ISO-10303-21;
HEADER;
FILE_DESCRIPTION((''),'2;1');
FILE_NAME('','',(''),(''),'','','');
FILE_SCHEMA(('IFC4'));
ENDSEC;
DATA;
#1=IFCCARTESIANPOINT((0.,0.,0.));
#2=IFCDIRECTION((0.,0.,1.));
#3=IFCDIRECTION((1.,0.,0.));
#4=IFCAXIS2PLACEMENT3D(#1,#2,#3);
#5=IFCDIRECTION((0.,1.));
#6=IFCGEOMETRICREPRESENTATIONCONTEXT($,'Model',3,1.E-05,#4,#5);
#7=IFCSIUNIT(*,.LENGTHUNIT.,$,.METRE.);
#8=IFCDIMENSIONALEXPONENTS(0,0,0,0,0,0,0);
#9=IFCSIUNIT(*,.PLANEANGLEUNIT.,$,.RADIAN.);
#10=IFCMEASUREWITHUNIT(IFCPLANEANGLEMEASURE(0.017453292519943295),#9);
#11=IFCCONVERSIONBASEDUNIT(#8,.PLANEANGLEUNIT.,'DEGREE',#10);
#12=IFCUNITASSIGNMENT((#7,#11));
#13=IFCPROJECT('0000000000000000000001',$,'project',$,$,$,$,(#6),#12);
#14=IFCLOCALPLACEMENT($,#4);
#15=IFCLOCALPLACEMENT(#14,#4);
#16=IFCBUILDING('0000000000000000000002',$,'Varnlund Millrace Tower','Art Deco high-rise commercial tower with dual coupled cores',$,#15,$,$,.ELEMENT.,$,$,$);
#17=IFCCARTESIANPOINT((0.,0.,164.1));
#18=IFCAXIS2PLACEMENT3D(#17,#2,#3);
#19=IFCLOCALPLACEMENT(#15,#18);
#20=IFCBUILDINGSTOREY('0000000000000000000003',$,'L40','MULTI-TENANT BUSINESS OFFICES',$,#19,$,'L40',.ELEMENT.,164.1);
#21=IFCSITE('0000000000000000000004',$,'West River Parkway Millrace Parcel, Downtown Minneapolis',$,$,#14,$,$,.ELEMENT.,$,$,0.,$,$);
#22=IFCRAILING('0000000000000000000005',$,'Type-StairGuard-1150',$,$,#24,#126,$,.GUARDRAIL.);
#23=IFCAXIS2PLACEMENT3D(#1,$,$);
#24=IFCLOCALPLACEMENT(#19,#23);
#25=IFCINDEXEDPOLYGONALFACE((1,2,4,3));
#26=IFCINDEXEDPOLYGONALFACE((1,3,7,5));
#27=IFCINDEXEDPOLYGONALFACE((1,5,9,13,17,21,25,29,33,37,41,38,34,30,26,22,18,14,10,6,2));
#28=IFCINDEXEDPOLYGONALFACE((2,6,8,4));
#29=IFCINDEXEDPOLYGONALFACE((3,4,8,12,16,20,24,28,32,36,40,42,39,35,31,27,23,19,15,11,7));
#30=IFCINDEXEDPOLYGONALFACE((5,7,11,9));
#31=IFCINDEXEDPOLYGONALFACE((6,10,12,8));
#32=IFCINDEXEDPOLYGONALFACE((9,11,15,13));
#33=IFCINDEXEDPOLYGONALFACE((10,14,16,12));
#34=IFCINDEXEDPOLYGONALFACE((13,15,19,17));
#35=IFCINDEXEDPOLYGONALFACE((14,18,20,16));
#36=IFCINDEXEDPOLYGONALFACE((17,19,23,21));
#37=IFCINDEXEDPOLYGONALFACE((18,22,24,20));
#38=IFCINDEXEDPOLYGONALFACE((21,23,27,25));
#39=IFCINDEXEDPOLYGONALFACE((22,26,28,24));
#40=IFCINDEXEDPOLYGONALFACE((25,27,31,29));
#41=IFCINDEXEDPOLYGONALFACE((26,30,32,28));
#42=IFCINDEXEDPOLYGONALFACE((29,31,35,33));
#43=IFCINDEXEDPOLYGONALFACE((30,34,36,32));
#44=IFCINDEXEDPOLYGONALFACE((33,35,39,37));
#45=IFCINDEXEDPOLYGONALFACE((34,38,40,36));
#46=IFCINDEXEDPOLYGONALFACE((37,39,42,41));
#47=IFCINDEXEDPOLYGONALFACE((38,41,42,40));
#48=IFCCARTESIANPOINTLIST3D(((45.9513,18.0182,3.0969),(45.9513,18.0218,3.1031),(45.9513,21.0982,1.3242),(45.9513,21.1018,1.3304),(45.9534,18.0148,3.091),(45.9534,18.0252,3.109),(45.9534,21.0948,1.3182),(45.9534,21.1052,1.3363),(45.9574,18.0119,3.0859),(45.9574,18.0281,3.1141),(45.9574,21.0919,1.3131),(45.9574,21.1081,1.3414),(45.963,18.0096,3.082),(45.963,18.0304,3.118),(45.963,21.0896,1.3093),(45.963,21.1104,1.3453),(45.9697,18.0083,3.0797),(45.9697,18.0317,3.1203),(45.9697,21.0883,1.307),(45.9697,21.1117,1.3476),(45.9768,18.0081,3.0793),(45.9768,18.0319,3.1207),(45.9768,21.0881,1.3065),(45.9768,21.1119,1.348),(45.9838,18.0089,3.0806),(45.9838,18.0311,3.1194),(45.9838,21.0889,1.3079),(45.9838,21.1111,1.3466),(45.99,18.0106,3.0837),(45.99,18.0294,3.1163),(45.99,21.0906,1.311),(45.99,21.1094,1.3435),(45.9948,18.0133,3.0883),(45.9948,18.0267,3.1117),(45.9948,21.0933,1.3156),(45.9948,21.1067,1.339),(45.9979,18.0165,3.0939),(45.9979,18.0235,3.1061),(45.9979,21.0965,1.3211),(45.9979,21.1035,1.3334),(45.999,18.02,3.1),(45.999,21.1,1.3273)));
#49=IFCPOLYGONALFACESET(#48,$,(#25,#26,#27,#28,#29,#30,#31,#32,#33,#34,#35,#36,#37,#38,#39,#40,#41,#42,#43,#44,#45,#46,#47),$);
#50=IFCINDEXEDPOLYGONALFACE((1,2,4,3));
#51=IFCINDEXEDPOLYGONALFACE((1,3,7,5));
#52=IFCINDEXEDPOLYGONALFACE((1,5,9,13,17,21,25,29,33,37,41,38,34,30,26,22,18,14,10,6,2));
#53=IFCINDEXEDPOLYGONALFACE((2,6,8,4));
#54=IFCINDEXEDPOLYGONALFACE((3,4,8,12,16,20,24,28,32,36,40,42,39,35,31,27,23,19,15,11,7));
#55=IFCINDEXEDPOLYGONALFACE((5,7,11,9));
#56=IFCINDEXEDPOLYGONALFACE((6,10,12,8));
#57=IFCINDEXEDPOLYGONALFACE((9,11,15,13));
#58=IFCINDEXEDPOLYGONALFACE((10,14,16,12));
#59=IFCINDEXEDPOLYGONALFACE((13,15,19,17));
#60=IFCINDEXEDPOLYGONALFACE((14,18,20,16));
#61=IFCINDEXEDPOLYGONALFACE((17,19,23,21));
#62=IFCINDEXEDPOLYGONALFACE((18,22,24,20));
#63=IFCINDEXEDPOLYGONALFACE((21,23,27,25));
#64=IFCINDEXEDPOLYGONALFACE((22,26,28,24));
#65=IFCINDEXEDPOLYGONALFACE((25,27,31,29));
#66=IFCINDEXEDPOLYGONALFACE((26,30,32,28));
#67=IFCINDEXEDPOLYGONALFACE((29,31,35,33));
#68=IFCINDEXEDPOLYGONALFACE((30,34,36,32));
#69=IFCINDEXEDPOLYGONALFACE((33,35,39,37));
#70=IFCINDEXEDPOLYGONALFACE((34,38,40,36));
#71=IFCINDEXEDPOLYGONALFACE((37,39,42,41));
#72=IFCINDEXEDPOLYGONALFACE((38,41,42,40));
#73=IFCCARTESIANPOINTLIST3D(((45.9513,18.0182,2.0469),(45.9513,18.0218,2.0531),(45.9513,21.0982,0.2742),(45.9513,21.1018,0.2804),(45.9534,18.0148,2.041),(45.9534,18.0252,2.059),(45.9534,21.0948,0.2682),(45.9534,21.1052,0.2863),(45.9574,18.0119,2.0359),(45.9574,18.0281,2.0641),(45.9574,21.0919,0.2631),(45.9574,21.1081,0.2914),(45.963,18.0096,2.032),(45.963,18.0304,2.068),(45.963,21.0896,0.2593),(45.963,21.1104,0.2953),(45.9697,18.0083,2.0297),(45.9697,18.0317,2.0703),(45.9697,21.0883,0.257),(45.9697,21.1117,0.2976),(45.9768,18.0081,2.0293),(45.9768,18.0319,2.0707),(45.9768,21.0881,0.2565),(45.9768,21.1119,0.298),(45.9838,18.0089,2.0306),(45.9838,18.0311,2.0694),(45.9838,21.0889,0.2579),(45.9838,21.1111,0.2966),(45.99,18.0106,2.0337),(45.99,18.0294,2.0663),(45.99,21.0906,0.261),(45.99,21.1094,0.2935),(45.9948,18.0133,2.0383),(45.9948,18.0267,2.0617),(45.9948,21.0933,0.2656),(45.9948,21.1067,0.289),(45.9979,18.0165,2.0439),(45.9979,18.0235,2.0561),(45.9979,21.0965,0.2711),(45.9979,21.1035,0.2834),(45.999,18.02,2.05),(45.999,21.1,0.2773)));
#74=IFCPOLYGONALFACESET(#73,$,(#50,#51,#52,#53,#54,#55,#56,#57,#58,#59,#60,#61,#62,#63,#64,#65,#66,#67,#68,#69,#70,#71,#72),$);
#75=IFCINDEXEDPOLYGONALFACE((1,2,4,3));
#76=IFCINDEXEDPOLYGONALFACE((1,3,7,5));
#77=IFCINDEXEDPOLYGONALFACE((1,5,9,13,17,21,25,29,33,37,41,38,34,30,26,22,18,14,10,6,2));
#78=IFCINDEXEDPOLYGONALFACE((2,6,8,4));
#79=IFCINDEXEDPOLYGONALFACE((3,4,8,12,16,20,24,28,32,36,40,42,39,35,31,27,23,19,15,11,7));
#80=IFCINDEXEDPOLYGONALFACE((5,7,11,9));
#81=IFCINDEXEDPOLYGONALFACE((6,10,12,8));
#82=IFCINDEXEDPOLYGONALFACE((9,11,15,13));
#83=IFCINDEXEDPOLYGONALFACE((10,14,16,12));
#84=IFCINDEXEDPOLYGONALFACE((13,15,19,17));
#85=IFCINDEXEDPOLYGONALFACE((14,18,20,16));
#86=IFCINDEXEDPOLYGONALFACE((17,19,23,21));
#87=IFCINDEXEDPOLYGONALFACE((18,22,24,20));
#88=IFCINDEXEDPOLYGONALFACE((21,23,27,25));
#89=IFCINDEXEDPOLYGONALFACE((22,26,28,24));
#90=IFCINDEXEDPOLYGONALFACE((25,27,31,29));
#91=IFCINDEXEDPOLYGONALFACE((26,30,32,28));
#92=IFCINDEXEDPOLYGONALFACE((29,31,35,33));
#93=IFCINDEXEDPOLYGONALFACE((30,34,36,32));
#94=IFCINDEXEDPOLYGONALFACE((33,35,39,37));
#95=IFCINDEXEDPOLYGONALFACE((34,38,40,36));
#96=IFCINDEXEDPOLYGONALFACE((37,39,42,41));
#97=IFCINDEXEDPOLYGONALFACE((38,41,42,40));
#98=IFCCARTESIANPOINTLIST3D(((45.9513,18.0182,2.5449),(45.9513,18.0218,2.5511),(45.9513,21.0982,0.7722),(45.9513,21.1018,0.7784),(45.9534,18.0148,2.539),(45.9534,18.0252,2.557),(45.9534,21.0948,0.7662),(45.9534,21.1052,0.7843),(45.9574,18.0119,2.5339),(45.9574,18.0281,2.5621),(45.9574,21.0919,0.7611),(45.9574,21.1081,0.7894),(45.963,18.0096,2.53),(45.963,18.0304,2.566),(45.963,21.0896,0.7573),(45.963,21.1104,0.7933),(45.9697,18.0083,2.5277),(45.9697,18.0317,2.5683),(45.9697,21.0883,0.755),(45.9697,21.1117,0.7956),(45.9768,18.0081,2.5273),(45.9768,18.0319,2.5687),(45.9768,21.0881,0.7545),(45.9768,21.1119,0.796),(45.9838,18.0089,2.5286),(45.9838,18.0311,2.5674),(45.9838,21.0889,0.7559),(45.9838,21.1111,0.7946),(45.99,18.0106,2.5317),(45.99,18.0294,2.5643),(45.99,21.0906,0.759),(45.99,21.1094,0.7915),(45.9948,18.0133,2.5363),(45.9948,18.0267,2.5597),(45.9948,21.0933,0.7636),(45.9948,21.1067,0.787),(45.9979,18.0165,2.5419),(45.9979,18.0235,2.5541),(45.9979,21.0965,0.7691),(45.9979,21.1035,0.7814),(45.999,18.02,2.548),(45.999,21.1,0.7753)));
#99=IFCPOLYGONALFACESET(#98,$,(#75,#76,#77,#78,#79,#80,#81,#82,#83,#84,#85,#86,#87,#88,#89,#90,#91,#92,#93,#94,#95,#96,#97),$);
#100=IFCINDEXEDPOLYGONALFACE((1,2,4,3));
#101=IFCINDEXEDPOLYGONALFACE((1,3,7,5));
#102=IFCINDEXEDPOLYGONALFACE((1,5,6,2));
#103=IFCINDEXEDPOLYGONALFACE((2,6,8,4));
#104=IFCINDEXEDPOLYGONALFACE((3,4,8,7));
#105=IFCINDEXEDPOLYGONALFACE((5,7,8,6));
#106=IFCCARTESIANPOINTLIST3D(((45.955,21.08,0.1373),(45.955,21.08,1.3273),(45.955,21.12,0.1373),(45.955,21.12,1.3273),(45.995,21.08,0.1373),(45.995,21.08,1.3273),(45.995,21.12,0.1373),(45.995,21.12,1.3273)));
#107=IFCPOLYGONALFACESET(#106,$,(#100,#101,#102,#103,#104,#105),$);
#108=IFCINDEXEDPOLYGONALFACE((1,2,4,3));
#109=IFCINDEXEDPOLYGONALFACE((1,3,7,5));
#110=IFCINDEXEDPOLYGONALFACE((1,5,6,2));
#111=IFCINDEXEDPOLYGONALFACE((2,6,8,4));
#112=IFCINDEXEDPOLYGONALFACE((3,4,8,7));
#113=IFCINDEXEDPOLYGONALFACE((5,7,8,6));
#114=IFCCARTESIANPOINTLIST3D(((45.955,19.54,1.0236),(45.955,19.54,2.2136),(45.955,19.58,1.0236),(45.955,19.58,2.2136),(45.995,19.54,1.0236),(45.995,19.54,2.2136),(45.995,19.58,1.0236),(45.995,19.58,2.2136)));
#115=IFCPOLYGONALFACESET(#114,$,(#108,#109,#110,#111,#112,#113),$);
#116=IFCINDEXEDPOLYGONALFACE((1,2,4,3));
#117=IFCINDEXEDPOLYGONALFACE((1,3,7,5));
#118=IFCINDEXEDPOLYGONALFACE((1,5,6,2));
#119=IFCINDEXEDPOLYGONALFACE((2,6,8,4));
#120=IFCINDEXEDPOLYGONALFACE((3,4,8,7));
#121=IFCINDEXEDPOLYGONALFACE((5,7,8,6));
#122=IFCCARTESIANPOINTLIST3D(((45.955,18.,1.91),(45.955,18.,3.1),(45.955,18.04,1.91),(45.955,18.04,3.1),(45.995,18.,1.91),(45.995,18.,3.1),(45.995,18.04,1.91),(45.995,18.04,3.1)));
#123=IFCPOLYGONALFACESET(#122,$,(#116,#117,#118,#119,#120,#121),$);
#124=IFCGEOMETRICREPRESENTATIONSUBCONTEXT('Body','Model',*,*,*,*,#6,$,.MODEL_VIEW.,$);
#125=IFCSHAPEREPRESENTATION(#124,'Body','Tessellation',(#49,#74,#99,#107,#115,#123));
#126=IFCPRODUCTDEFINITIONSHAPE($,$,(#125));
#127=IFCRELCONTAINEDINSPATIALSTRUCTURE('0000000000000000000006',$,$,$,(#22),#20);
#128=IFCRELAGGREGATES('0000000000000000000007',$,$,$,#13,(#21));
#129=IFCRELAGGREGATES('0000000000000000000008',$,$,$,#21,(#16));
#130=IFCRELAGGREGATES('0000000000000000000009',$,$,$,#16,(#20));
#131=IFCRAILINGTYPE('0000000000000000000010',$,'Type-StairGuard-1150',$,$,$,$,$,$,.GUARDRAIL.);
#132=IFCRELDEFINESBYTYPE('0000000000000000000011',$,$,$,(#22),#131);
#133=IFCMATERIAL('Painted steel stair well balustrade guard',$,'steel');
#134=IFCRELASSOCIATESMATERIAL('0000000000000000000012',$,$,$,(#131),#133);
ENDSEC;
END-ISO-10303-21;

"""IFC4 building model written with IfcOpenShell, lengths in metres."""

from ifc_helpers import new_model, entity, si_unit, converted_unit, direction, frame, origin_with_axes, origin_2d_with_axis, place, context, subcontext, project, spatial, rectangle, circle, extrude, material, type_object, element, save


model = new_model("IFC4")

# Units and contexts
model_context = context("Model", 3, precision=1e-05, world=origin_with_axes(), true_north=direction((0.0, 1.0)))
body_context = subcontext(model_context, "Body", "Model", "MODEL_VIEW")
ifc_project = project(units=[si_unit("LENGTHUNIT", "METRE"), converted_unit("PLANEANGLEUNIT", "DEGREE", entity("IfcPlaneAngleMeasure", 0.017453292519943295), si_unit("PLANEANGLEUNIT", "RADIAN"), dimensions=[0, 0, 0, 0, 0, 0, 0])], contexts=[model_context])

# Site, building, storey
site_placement = place(None, origin_with_axes())
site = spatial("IfcSite", under=ifc_project, at=site_placement, Name="West River Parkway Millrace Parcel, Downtown Minneapolis", CompositionType="ELEMENT", RefElevation=0.0)
building_placement = place(site_placement, origin_with_axes())
building = spatial("IfcBuilding", under=site, at=building_placement, Name="Varnlund Millrace Tower", Description="Art Deco high-rise commercial tower with dual coupled cores", CompositionType="ELEMENT")
storey_placement = place(building_placement, frame((0.0, 0.0, 164.1), z_axis=(0.0, 0.0, 1.0), x_axis=(1.0, 0.0, 0.0)))
storey = spatial("IfcBuildingStorey", under=building, at=storey_placement, Name="L40", Description="MULTI-TENANT BUSINESS OFFICES", LongName="L40", CompositionType="ELEMENT", Elevation=164.1)

# Railing
ifc_material_1 = material(Name="Painted steel stair well balustrade guard", Category="steel")
railing_type_1 = type_object("IfcRailingType", Name="Type-StairGuard-1150", PredefinedType="GUARDRAIL", material=ifc_material_1)
railing_1_placement = place(storey_placement, frame((0.0, 0.0, -164.1), z_axis=(0.0, 0.0, 1.0), x_axis=(1.0, 0.0, 0.0)))
element("IfcRailing", 1, at=railing_1_placement, inside=storey, type_object=railing_type_1, Name="Type-StairGuard-1150", PredefinedType="GUARDRAIL", context=body_context, shape_type="SweptSolid", body=[
    extrude(circle(Radius=0.024, at=origin_2d_with_axis()), frame((45.975, 21.1, 165.4273), z_axis=(0.0, -0.866696, 0.498836), x_axis=(1.0, 0.0, 0.0)), (0.0, 0.0, 1.0), 3.5537),
    extrude(circle(Radius=0.024, at=origin_2d_with_axis()), frame((45.975, 21.1, 164.3773), z_axis=(0.0, -0.866696, 0.498836), x_axis=(1.0, 0.0, 0.0)), (0.0, 0.0, 1.0), 3.5537),
    extrude(circle(Radius=0.024, at=origin_2d_with_axis()), frame((45.975, 21.1, 164.8753), z_axis=(0.0, -0.866696, 0.498836), x_axis=(1.0, 0.0, 0.0)), (0.0, 0.0, 1.0), 3.5537),
    extrude(rectangle(XDim=0.04, YDim=0.04, at=origin_2d_with_axis()), frame((45.975, 21.1, 164.2373), z_axis=(0.0, 0.0, 1.0), x_axis=(1.0, 0.0, 0.0)), (0.0, 0.0, 1.0), 1.19),
    extrude(rectangle(XDim=0.04, YDim=0.04, at=origin_2d_with_axis()), frame((45.975, 19.56, 165.1236), z_axis=(0.0, 0.0, 1.0), x_axis=(1.0, 0.0, 0.0)), (0.0, 0.0, 1.0), 1.19),
    extrude(rectangle(XDim=0.04, YDim=0.04, at=origin_2d_with_axis()), frame((45.975, 18.02, 166.01), z_axis=(0.0, 0.0, 1.0), x_axis=(1.0, 0.0, 0.0)), (0.0, 0.0, 1.0), 1.19),
])

save(model, "model.ifc")
